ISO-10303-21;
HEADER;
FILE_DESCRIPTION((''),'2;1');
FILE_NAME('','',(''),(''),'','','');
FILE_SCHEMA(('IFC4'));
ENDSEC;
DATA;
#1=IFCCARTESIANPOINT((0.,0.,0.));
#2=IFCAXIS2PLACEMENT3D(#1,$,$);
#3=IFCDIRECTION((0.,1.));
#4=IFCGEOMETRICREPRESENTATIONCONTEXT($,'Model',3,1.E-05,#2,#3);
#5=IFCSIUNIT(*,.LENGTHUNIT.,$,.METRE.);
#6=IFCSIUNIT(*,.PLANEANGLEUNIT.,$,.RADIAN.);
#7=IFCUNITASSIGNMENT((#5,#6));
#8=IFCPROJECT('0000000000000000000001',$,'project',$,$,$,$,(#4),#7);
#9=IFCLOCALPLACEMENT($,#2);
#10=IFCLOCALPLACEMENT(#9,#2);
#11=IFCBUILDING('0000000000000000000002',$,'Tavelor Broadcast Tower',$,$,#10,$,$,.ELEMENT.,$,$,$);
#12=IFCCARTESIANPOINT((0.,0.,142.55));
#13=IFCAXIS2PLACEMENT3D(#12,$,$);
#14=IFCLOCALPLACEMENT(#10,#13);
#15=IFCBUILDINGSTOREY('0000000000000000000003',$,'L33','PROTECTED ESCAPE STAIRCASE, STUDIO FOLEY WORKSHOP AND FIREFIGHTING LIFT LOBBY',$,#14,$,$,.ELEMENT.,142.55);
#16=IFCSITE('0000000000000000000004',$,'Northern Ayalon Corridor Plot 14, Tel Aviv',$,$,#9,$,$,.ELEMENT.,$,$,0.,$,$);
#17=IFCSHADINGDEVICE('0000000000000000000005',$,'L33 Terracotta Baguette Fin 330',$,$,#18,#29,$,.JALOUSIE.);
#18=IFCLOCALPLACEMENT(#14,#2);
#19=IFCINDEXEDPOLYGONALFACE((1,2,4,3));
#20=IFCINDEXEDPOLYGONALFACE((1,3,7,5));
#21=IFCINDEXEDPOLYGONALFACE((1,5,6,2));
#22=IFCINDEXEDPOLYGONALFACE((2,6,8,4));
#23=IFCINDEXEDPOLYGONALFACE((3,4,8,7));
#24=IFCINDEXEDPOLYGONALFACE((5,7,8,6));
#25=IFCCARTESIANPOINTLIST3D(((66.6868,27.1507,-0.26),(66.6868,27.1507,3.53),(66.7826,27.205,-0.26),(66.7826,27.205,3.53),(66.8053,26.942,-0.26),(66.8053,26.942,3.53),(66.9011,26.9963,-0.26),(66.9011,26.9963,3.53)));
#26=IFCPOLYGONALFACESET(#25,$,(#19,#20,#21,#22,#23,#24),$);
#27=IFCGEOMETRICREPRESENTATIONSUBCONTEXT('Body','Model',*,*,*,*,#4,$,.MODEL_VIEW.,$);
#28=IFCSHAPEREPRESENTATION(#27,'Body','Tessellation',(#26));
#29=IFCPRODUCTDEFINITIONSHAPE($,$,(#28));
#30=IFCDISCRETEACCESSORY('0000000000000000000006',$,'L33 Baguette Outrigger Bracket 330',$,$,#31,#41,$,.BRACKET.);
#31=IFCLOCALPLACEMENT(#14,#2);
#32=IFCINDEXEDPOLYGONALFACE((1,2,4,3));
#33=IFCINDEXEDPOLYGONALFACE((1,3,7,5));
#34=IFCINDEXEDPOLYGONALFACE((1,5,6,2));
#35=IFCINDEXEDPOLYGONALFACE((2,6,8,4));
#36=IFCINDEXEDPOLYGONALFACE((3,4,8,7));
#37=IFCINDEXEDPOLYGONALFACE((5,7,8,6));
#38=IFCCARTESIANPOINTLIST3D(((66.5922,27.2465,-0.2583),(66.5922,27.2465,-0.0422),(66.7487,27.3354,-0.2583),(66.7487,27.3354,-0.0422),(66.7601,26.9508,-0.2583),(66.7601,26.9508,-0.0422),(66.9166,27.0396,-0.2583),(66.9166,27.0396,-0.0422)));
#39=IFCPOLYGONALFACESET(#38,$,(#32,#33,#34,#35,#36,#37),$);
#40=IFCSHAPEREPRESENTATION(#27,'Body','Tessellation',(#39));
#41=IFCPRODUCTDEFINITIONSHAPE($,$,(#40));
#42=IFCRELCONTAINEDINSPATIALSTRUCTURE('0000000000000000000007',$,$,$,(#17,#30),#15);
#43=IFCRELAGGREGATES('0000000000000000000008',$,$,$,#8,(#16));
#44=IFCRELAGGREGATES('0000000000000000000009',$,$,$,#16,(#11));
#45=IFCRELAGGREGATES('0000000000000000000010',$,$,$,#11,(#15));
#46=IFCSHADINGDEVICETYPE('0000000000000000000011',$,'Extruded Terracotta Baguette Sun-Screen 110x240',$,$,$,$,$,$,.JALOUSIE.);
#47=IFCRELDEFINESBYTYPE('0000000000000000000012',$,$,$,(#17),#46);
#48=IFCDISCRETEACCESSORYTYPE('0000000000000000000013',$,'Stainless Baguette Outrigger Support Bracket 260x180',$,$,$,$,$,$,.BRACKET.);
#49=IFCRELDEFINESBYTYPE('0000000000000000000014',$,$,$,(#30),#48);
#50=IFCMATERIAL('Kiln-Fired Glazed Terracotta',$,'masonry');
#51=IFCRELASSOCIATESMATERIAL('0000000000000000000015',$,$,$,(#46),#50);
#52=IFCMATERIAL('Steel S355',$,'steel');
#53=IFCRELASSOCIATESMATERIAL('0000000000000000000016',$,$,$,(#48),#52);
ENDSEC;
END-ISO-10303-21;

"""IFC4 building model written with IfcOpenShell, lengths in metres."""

from ifc_helpers import new_model, si_unit, direction, frame, origin, origin_2d, place, context, subcontext, project, spatial, rectangle, extrude, source, transform, mapped, material, type_object, type_shapes, element, save


model = new_model("IFC4")

# Units and contexts
model_context = context("Model", 3, precision=1e-05, world=origin(), true_north=direction((0.0, 1.0)))
body_context = subcontext(model_context, "Body", "Model", "MODEL_VIEW")
ifc_project = project(units=[si_unit("LENGTHUNIT", "METRE"), si_unit("PLANEANGLEUNIT", "RADIAN")], contexts=[model_context])

# Site, building, storey
site_placement = place(None, origin())
site = spatial("IfcSite", under=ifc_project, at=site_placement, Name="Northern Ayalon Corridor Plot 14, Tel Aviv", CompositionType="ELEMENT", RefElevation=0.0)
building_placement = place(site_placement, origin())
building = spatial("IfcBuilding", under=site, at=building_placement, Name="Tavelor Broadcast Tower", CompositionType="ELEMENT")
storey_placement = place(building_placement, frame((0.0, 0.0, 142.55)))
storey = spatial("IfcBuildingStorey", under=building, at=storey_placement, Name="L33", Description="PROTECTED ESCAPE STAIRCASE, STUDIO FOLEY WORKSHOP AND FIREFIGHTING LIFT LOBBY", CompositionType="ELEMENT", Elevation=142.55)

# Shared definitions
ifc_material_1 = material(Name="Steel S355", Category="steel")

# Shading device
ifc_material_2 = material(Name="Kiln-Fired Glazed Terracotta", Category="masonry")
shading_device_type = type_object("IfcShadingDeviceType", Name="Extruded Terracotta Baguette Sun-Screen 110x240", PredefinedType="JALOUSIE", material=ifc_material_2)
shared_shape_1 = source(origin(), body_context, "Body", "SweptSolid", [
    extrude(rectangle(XDim=0.1101, YDim=0.24, at=origin_2d()), origin(), (0.0, 0.0, 1.0), 3.79),
])
type_shapes(shading_device_type, [shared_shape_1])
shading_device_placement = place(storey_placement, frame((66.7939, 27.0735, -0.26), z_axis=(0.0, 0.0, 1.0), x_axis=(0.869667, 0.493638, 0.0)))
element("IfcShadingDevice", 1, at=shading_device_placement, inside=storey, type_object=shading_device_type, Name="L33 Terracotta Baguette Fin 330", PredefinedType="JALOUSIE", context=body_context, shape_type="MappedRepresentation", body=[
    mapped(shared_shape_1, transform((0.0, 0.0, 0.0), scale=1.0)),
])

# Discrete accessory
discrete_accessory_type = type_object("IfcDiscreteAccessoryType", Name="Stainless Baguette Outrigger Support Bracket 260x180", PredefinedType="BRACKET", material=ifc_material_1)
shared_shape_2 = source(origin(), body_context, "Body", "SweptSolid", [
    extrude(rectangle(XDim=0.1799, YDim=0.3401, at=origin_2d()), origin(), (0.0, 0.0, 1.0), 0.2161),
])
type_shapes(discrete_accessory_type, [shared_shape_2])
discrete_accessory_placement = place(storey_placement, frame((66.7544, 27.1431, -0.2583), z_axis=(0.0, 0.0, 1.0), x_axis=(0.869667, 0.493638, 0.0)))
element("IfcDiscreteAccessory", 2, at=discrete_accessory_placement, inside=storey, type_object=discrete_accessory_type, Name="L33 Baguette Outrigger Bracket 330", PredefinedType="BRACKET", context=body_context, shape_type="MappedRepresentation", body=[
    mapped(shared_shape_2, transform((0.0, 0.0, 0.0), scale=1.0)),
])

save(model, "model.ifc")
